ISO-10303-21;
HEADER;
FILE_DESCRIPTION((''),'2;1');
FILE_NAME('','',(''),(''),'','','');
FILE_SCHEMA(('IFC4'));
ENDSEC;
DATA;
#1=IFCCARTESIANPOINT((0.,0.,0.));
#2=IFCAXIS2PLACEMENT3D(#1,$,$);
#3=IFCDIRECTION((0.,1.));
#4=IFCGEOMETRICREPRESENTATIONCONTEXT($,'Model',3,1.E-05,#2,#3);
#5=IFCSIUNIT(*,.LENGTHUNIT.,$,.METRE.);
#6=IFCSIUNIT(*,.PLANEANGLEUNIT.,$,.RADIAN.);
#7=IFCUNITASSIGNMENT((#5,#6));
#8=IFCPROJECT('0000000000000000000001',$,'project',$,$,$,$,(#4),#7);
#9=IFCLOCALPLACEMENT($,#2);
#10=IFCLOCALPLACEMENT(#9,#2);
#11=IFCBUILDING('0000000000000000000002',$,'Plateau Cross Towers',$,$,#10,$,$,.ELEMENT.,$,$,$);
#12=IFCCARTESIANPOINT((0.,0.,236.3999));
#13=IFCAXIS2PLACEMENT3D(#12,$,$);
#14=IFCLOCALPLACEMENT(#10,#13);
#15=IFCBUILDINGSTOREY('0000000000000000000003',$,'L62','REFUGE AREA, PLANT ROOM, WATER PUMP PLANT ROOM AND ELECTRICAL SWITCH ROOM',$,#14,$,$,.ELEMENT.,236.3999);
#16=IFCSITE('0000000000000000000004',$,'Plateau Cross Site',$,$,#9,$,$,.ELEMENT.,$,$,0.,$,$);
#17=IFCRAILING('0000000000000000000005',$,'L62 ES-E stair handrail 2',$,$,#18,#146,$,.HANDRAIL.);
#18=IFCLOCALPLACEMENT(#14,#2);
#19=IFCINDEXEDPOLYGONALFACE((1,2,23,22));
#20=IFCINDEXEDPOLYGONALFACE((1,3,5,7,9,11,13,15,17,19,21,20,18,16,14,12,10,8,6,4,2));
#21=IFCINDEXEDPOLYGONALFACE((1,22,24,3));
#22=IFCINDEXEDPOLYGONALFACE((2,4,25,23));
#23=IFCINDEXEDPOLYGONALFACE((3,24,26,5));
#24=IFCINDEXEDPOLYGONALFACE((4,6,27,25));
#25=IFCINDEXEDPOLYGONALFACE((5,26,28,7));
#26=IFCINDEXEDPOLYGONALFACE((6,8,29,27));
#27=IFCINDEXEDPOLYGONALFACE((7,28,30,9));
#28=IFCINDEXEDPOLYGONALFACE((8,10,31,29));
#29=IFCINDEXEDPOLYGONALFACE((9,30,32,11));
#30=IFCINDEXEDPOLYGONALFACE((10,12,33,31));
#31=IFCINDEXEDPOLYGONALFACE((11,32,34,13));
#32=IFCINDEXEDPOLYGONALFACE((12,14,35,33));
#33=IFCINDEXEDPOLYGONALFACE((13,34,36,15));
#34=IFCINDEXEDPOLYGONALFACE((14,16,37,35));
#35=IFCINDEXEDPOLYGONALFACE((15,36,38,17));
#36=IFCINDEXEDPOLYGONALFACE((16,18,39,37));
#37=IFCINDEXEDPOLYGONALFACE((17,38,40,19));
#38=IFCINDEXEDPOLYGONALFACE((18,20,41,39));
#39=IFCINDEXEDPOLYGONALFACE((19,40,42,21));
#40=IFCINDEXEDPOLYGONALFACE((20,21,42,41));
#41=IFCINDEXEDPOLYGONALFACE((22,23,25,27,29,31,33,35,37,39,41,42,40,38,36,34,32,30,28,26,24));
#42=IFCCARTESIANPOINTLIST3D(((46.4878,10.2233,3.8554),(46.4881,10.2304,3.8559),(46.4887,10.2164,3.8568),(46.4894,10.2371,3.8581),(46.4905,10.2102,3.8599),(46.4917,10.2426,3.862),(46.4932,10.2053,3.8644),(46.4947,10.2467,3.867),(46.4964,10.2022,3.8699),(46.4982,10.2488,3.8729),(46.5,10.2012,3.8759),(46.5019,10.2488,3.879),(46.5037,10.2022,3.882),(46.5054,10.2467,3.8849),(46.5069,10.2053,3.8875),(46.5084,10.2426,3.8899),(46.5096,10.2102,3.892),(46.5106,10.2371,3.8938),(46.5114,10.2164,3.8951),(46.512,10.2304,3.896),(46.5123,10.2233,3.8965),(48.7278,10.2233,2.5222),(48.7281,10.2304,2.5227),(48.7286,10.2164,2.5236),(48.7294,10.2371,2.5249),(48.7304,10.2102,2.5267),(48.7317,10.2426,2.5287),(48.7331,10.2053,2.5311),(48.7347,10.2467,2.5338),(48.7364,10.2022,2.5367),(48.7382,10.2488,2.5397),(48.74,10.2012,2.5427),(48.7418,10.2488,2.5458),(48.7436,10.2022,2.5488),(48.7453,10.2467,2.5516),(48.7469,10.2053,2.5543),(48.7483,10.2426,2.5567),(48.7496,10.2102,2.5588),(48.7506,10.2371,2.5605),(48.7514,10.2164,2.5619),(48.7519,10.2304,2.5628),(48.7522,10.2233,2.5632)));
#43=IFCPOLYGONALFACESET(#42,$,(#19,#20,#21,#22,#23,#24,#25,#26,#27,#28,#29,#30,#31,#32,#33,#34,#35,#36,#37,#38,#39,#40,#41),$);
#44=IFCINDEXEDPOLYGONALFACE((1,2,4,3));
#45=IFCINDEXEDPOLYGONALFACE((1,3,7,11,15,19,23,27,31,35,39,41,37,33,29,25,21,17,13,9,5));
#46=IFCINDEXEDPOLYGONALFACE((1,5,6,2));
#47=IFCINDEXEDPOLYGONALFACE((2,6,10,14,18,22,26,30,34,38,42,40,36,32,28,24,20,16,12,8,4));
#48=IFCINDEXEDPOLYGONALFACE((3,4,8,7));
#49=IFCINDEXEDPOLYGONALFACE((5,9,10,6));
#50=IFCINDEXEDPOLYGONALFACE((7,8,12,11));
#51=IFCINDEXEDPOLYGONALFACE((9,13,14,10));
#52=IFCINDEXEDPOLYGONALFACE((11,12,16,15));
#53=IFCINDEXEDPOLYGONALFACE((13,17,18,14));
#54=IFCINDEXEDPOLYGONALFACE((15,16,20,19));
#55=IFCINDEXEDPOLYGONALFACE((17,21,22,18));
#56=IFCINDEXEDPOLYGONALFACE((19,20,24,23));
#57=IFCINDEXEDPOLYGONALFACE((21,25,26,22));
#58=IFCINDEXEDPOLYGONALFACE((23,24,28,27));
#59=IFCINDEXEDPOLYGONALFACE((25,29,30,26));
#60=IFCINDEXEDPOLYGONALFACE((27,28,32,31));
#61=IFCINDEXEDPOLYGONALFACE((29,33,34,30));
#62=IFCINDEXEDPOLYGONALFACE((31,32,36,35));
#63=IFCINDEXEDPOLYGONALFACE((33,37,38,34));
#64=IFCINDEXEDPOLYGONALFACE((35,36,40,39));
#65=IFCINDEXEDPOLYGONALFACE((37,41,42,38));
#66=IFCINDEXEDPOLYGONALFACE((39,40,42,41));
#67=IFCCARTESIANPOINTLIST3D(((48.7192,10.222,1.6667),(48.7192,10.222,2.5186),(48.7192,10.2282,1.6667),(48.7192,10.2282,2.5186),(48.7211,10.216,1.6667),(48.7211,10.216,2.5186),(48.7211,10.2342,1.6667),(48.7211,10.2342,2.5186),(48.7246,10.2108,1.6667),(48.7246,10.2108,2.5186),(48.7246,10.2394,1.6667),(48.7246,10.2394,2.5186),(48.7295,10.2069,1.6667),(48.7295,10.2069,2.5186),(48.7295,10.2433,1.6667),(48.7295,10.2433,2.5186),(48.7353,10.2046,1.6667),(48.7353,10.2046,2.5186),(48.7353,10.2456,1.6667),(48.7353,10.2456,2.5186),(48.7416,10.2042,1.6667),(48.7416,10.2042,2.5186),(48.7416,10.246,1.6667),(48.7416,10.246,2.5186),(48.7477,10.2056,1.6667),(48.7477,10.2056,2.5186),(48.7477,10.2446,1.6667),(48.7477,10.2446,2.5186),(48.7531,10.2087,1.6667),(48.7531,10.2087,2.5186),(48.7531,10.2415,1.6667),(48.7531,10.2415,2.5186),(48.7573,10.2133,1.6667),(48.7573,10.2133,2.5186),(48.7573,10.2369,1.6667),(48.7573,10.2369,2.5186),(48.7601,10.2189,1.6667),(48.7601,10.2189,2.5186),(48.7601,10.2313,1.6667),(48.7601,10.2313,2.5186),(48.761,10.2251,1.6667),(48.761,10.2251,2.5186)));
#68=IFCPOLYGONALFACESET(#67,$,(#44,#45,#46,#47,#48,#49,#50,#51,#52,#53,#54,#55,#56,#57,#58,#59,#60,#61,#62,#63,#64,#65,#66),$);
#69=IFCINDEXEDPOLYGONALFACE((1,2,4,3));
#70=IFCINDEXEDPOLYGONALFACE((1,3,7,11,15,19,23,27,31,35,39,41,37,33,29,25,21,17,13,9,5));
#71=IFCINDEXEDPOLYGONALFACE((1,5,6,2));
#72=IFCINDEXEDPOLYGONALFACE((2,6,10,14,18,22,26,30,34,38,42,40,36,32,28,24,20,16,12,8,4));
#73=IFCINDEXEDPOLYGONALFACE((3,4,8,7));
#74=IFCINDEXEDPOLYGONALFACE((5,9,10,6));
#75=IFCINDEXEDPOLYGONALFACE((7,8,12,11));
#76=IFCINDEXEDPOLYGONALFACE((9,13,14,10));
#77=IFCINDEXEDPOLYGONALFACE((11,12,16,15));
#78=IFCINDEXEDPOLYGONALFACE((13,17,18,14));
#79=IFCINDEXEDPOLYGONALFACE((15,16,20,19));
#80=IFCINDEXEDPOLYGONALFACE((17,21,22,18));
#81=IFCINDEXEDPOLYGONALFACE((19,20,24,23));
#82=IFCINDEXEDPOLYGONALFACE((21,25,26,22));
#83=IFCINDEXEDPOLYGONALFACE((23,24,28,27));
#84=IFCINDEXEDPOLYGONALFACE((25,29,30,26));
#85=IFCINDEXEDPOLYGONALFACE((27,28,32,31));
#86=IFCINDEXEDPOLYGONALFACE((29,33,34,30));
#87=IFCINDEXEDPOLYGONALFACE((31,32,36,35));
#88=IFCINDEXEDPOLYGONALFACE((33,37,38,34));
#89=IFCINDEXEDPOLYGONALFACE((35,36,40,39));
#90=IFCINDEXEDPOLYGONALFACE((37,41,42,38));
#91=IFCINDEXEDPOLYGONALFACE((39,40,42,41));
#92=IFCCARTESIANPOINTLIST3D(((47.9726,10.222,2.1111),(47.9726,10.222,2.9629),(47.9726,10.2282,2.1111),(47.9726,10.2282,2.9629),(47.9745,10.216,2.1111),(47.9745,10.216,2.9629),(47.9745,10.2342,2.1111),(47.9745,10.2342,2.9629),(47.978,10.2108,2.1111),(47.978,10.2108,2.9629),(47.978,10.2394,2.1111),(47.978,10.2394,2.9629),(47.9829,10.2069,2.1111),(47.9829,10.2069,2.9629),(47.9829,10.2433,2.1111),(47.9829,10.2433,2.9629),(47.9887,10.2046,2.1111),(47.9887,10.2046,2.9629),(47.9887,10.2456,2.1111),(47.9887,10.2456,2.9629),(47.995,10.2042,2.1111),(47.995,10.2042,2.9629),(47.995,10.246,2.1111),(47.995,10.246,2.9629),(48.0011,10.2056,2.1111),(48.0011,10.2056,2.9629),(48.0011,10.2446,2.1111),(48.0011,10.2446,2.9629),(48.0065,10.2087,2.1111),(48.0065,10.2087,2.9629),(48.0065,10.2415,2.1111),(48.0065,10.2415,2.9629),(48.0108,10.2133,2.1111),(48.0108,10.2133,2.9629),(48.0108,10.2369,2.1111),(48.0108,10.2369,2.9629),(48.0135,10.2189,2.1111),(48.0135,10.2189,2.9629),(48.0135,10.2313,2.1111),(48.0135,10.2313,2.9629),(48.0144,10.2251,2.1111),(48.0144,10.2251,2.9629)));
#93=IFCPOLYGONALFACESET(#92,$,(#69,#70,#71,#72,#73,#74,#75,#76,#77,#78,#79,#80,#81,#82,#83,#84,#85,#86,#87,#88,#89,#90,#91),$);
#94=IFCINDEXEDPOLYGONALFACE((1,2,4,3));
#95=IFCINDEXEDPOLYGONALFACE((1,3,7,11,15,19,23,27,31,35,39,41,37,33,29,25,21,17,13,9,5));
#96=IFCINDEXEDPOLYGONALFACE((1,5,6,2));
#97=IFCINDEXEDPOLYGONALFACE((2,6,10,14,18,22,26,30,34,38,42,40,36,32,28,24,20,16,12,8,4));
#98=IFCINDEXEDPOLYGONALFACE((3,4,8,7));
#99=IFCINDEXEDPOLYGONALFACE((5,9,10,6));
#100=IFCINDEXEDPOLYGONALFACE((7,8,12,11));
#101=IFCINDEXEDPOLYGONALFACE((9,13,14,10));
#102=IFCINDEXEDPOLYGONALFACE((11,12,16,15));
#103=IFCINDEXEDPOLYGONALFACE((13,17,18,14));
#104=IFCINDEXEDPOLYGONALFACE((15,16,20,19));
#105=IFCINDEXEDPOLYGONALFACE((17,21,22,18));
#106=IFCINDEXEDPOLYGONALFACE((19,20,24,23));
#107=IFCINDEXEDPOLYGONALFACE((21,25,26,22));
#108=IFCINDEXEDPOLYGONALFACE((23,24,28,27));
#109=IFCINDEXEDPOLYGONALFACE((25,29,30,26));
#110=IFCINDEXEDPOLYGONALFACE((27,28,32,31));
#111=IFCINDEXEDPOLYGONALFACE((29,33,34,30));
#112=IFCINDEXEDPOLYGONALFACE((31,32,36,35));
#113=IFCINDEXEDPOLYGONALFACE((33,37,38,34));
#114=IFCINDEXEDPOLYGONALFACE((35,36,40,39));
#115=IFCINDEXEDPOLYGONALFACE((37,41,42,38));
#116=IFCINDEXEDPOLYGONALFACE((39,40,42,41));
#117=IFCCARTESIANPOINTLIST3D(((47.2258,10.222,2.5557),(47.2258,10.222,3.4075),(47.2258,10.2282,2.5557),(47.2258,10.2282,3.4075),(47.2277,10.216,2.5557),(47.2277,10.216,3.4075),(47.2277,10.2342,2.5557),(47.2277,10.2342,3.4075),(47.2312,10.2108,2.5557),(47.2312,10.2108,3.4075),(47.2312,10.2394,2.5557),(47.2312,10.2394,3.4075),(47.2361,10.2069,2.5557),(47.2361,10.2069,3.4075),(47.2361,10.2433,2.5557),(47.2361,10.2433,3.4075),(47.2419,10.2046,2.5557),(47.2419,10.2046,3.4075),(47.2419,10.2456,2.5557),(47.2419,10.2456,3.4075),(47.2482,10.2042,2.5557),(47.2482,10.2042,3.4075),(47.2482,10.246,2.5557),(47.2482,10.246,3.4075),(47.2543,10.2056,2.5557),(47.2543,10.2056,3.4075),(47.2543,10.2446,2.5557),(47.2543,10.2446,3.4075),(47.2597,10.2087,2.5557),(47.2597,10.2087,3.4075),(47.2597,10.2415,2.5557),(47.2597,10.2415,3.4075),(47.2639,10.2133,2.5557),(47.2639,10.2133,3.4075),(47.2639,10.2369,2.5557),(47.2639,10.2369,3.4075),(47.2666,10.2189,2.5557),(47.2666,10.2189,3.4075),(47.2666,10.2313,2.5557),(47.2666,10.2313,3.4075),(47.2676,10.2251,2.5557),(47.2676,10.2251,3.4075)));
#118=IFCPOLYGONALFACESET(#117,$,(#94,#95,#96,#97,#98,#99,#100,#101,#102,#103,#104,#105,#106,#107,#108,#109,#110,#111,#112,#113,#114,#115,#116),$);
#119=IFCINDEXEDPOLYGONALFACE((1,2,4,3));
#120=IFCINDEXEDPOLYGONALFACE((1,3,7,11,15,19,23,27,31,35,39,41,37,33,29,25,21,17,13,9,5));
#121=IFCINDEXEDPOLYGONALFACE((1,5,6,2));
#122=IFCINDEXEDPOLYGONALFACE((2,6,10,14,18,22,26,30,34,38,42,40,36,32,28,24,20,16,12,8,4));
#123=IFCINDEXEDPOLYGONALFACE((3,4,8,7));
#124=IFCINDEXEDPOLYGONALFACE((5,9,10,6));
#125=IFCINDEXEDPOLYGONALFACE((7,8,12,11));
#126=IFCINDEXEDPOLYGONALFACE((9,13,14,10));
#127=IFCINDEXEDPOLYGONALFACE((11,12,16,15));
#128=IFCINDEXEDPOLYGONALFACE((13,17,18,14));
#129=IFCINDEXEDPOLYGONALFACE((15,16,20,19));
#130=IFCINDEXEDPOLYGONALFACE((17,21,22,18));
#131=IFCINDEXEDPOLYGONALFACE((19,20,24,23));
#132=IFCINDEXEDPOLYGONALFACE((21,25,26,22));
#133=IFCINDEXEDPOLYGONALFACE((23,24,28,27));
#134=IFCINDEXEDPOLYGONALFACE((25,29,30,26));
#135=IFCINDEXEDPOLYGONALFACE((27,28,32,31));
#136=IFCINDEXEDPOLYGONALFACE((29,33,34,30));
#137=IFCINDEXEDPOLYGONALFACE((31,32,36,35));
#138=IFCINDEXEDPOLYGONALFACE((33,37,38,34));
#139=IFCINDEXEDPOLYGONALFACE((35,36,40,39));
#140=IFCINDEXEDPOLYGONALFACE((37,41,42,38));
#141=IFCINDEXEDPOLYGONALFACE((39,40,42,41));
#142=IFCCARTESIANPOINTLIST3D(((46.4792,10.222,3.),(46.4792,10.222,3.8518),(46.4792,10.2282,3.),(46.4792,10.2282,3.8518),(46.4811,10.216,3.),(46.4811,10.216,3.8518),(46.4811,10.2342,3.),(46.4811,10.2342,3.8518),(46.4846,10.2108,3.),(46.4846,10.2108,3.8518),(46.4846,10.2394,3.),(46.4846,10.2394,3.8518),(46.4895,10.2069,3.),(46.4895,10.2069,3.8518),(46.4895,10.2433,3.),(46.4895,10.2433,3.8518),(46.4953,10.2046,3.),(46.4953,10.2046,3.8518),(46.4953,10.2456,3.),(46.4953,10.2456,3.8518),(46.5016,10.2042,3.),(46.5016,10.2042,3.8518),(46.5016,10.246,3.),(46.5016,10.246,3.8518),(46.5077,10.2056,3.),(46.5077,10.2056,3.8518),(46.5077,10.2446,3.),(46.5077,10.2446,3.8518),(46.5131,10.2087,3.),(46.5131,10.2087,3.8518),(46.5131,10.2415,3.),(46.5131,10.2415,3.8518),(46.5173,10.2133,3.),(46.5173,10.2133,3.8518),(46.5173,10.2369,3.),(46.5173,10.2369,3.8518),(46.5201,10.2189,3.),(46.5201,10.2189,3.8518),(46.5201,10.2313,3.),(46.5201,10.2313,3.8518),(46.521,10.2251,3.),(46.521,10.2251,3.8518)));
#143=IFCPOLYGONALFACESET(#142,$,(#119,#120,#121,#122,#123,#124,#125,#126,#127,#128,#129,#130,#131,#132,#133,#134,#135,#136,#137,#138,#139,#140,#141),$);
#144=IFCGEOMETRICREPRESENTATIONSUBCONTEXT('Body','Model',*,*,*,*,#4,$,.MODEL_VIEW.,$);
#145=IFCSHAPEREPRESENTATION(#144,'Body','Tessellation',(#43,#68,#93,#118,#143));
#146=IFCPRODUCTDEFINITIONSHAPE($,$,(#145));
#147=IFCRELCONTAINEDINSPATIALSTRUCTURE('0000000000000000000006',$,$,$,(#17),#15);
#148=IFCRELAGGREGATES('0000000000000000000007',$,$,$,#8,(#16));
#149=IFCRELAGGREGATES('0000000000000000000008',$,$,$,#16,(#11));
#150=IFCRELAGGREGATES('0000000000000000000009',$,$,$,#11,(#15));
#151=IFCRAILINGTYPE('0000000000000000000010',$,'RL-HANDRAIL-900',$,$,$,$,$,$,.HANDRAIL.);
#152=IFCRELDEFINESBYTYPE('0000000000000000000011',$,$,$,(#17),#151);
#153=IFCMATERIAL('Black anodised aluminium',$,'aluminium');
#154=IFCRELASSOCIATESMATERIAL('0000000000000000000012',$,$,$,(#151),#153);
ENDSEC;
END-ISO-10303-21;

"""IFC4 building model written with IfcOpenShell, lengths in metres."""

from ifc_helpers import new_model, si_unit, direction, frame, origin, origin_2d, place, context, subcontext, project, spatial, circle, extrude, material, type_object, element, save


model = new_model("IFC4")

# Units and contexts
model_context = context("Model", 3, precision=1e-05, world=origin(), true_north=direction((0.0, 1.0)))
body_context = subcontext(model_context, "Body", "Model", "MODEL_VIEW")
ifc_project = project(units=[si_unit("LENGTHUNIT", "METRE"), si_unit("PLANEANGLEUNIT", "RADIAN")], contexts=[model_context])

# Site, building, storey
site_placement = place(None, origin())
site = spatial("IfcSite", under=ifc_project, at=site_placement, Name="Plateau Cross Site", CompositionType="ELEMENT", RefElevation=0.0)
building_placement = place(site_placement, origin())
building = spatial("IfcBuilding", under=site, at=building_placement, Name="Plateau Cross Towers", CompositionType="ELEMENT")
storey_placement = place(building_placement, frame((0.0, 0.0, 236.3999)))
storey = spatial("IfcBuildingStorey", under=building, at=storey_placement, Name="L62", Description="REFUGE AREA, PLANT ROOM, WATER PUMP PLANT ROOM AND ELECTRICAL SWITCH ROOM", CompositionType="ELEMENT", Elevation=236.3999)

# Shared definitions
ifc_material_1 = material(Name="Black anodised aluminium", Category="aluminium")

# Railing
railing_type_1 = type_object("IfcRailingType", Name="RL-HANDRAIL-900", PredefinedType="HANDRAIL", material=ifc_material_1)
for number, where, name in (
    (1, (48.74, 10.2251, 1.6667), "L62 ES-E stair handrail 2"),
):
    element("IfcRailing", number, at=place(storey_placement, frame(where)), inside=storey, type_object=railing_type_1, Name=name, PredefinedType="HANDRAIL", context=body_context, shape_type="SweptSolid", body=[
        extrude(circle(Radius=0.0239, at=origin_2d()), frame((0.0, 0.0, 0.876), z_axis=(-0.859306, 0.0, 0.511462), x_axis=(0.0, -1.0, 0.0)), (0.0, 0.0, 1.0), 2.6067),
        extrude(circle(Radius=0.021, at=origin_2d()), origin(), (0.0, 0.0, 1.0), 0.8518),
        extrude(circle(Radius=0.021, at=origin_2d()), frame((-0.7466, 0.0, 0.4443)), (0.0, 0.0, 1.0), 0.8518),
        extrude(circle(Radius=0.021, at=origin_2d()), frame((-1.4934, 0.0, 0.8889)), (0.0, 0.0, 1.0), 0.8518),
        extrude(circle(Radius=0.021, at=origin_2d()), frame((-2.24, 0.0, 1.3333)), (0.0, 0.0, 1.0), 0.8518),
    ])

save(model, "model.ifc")
